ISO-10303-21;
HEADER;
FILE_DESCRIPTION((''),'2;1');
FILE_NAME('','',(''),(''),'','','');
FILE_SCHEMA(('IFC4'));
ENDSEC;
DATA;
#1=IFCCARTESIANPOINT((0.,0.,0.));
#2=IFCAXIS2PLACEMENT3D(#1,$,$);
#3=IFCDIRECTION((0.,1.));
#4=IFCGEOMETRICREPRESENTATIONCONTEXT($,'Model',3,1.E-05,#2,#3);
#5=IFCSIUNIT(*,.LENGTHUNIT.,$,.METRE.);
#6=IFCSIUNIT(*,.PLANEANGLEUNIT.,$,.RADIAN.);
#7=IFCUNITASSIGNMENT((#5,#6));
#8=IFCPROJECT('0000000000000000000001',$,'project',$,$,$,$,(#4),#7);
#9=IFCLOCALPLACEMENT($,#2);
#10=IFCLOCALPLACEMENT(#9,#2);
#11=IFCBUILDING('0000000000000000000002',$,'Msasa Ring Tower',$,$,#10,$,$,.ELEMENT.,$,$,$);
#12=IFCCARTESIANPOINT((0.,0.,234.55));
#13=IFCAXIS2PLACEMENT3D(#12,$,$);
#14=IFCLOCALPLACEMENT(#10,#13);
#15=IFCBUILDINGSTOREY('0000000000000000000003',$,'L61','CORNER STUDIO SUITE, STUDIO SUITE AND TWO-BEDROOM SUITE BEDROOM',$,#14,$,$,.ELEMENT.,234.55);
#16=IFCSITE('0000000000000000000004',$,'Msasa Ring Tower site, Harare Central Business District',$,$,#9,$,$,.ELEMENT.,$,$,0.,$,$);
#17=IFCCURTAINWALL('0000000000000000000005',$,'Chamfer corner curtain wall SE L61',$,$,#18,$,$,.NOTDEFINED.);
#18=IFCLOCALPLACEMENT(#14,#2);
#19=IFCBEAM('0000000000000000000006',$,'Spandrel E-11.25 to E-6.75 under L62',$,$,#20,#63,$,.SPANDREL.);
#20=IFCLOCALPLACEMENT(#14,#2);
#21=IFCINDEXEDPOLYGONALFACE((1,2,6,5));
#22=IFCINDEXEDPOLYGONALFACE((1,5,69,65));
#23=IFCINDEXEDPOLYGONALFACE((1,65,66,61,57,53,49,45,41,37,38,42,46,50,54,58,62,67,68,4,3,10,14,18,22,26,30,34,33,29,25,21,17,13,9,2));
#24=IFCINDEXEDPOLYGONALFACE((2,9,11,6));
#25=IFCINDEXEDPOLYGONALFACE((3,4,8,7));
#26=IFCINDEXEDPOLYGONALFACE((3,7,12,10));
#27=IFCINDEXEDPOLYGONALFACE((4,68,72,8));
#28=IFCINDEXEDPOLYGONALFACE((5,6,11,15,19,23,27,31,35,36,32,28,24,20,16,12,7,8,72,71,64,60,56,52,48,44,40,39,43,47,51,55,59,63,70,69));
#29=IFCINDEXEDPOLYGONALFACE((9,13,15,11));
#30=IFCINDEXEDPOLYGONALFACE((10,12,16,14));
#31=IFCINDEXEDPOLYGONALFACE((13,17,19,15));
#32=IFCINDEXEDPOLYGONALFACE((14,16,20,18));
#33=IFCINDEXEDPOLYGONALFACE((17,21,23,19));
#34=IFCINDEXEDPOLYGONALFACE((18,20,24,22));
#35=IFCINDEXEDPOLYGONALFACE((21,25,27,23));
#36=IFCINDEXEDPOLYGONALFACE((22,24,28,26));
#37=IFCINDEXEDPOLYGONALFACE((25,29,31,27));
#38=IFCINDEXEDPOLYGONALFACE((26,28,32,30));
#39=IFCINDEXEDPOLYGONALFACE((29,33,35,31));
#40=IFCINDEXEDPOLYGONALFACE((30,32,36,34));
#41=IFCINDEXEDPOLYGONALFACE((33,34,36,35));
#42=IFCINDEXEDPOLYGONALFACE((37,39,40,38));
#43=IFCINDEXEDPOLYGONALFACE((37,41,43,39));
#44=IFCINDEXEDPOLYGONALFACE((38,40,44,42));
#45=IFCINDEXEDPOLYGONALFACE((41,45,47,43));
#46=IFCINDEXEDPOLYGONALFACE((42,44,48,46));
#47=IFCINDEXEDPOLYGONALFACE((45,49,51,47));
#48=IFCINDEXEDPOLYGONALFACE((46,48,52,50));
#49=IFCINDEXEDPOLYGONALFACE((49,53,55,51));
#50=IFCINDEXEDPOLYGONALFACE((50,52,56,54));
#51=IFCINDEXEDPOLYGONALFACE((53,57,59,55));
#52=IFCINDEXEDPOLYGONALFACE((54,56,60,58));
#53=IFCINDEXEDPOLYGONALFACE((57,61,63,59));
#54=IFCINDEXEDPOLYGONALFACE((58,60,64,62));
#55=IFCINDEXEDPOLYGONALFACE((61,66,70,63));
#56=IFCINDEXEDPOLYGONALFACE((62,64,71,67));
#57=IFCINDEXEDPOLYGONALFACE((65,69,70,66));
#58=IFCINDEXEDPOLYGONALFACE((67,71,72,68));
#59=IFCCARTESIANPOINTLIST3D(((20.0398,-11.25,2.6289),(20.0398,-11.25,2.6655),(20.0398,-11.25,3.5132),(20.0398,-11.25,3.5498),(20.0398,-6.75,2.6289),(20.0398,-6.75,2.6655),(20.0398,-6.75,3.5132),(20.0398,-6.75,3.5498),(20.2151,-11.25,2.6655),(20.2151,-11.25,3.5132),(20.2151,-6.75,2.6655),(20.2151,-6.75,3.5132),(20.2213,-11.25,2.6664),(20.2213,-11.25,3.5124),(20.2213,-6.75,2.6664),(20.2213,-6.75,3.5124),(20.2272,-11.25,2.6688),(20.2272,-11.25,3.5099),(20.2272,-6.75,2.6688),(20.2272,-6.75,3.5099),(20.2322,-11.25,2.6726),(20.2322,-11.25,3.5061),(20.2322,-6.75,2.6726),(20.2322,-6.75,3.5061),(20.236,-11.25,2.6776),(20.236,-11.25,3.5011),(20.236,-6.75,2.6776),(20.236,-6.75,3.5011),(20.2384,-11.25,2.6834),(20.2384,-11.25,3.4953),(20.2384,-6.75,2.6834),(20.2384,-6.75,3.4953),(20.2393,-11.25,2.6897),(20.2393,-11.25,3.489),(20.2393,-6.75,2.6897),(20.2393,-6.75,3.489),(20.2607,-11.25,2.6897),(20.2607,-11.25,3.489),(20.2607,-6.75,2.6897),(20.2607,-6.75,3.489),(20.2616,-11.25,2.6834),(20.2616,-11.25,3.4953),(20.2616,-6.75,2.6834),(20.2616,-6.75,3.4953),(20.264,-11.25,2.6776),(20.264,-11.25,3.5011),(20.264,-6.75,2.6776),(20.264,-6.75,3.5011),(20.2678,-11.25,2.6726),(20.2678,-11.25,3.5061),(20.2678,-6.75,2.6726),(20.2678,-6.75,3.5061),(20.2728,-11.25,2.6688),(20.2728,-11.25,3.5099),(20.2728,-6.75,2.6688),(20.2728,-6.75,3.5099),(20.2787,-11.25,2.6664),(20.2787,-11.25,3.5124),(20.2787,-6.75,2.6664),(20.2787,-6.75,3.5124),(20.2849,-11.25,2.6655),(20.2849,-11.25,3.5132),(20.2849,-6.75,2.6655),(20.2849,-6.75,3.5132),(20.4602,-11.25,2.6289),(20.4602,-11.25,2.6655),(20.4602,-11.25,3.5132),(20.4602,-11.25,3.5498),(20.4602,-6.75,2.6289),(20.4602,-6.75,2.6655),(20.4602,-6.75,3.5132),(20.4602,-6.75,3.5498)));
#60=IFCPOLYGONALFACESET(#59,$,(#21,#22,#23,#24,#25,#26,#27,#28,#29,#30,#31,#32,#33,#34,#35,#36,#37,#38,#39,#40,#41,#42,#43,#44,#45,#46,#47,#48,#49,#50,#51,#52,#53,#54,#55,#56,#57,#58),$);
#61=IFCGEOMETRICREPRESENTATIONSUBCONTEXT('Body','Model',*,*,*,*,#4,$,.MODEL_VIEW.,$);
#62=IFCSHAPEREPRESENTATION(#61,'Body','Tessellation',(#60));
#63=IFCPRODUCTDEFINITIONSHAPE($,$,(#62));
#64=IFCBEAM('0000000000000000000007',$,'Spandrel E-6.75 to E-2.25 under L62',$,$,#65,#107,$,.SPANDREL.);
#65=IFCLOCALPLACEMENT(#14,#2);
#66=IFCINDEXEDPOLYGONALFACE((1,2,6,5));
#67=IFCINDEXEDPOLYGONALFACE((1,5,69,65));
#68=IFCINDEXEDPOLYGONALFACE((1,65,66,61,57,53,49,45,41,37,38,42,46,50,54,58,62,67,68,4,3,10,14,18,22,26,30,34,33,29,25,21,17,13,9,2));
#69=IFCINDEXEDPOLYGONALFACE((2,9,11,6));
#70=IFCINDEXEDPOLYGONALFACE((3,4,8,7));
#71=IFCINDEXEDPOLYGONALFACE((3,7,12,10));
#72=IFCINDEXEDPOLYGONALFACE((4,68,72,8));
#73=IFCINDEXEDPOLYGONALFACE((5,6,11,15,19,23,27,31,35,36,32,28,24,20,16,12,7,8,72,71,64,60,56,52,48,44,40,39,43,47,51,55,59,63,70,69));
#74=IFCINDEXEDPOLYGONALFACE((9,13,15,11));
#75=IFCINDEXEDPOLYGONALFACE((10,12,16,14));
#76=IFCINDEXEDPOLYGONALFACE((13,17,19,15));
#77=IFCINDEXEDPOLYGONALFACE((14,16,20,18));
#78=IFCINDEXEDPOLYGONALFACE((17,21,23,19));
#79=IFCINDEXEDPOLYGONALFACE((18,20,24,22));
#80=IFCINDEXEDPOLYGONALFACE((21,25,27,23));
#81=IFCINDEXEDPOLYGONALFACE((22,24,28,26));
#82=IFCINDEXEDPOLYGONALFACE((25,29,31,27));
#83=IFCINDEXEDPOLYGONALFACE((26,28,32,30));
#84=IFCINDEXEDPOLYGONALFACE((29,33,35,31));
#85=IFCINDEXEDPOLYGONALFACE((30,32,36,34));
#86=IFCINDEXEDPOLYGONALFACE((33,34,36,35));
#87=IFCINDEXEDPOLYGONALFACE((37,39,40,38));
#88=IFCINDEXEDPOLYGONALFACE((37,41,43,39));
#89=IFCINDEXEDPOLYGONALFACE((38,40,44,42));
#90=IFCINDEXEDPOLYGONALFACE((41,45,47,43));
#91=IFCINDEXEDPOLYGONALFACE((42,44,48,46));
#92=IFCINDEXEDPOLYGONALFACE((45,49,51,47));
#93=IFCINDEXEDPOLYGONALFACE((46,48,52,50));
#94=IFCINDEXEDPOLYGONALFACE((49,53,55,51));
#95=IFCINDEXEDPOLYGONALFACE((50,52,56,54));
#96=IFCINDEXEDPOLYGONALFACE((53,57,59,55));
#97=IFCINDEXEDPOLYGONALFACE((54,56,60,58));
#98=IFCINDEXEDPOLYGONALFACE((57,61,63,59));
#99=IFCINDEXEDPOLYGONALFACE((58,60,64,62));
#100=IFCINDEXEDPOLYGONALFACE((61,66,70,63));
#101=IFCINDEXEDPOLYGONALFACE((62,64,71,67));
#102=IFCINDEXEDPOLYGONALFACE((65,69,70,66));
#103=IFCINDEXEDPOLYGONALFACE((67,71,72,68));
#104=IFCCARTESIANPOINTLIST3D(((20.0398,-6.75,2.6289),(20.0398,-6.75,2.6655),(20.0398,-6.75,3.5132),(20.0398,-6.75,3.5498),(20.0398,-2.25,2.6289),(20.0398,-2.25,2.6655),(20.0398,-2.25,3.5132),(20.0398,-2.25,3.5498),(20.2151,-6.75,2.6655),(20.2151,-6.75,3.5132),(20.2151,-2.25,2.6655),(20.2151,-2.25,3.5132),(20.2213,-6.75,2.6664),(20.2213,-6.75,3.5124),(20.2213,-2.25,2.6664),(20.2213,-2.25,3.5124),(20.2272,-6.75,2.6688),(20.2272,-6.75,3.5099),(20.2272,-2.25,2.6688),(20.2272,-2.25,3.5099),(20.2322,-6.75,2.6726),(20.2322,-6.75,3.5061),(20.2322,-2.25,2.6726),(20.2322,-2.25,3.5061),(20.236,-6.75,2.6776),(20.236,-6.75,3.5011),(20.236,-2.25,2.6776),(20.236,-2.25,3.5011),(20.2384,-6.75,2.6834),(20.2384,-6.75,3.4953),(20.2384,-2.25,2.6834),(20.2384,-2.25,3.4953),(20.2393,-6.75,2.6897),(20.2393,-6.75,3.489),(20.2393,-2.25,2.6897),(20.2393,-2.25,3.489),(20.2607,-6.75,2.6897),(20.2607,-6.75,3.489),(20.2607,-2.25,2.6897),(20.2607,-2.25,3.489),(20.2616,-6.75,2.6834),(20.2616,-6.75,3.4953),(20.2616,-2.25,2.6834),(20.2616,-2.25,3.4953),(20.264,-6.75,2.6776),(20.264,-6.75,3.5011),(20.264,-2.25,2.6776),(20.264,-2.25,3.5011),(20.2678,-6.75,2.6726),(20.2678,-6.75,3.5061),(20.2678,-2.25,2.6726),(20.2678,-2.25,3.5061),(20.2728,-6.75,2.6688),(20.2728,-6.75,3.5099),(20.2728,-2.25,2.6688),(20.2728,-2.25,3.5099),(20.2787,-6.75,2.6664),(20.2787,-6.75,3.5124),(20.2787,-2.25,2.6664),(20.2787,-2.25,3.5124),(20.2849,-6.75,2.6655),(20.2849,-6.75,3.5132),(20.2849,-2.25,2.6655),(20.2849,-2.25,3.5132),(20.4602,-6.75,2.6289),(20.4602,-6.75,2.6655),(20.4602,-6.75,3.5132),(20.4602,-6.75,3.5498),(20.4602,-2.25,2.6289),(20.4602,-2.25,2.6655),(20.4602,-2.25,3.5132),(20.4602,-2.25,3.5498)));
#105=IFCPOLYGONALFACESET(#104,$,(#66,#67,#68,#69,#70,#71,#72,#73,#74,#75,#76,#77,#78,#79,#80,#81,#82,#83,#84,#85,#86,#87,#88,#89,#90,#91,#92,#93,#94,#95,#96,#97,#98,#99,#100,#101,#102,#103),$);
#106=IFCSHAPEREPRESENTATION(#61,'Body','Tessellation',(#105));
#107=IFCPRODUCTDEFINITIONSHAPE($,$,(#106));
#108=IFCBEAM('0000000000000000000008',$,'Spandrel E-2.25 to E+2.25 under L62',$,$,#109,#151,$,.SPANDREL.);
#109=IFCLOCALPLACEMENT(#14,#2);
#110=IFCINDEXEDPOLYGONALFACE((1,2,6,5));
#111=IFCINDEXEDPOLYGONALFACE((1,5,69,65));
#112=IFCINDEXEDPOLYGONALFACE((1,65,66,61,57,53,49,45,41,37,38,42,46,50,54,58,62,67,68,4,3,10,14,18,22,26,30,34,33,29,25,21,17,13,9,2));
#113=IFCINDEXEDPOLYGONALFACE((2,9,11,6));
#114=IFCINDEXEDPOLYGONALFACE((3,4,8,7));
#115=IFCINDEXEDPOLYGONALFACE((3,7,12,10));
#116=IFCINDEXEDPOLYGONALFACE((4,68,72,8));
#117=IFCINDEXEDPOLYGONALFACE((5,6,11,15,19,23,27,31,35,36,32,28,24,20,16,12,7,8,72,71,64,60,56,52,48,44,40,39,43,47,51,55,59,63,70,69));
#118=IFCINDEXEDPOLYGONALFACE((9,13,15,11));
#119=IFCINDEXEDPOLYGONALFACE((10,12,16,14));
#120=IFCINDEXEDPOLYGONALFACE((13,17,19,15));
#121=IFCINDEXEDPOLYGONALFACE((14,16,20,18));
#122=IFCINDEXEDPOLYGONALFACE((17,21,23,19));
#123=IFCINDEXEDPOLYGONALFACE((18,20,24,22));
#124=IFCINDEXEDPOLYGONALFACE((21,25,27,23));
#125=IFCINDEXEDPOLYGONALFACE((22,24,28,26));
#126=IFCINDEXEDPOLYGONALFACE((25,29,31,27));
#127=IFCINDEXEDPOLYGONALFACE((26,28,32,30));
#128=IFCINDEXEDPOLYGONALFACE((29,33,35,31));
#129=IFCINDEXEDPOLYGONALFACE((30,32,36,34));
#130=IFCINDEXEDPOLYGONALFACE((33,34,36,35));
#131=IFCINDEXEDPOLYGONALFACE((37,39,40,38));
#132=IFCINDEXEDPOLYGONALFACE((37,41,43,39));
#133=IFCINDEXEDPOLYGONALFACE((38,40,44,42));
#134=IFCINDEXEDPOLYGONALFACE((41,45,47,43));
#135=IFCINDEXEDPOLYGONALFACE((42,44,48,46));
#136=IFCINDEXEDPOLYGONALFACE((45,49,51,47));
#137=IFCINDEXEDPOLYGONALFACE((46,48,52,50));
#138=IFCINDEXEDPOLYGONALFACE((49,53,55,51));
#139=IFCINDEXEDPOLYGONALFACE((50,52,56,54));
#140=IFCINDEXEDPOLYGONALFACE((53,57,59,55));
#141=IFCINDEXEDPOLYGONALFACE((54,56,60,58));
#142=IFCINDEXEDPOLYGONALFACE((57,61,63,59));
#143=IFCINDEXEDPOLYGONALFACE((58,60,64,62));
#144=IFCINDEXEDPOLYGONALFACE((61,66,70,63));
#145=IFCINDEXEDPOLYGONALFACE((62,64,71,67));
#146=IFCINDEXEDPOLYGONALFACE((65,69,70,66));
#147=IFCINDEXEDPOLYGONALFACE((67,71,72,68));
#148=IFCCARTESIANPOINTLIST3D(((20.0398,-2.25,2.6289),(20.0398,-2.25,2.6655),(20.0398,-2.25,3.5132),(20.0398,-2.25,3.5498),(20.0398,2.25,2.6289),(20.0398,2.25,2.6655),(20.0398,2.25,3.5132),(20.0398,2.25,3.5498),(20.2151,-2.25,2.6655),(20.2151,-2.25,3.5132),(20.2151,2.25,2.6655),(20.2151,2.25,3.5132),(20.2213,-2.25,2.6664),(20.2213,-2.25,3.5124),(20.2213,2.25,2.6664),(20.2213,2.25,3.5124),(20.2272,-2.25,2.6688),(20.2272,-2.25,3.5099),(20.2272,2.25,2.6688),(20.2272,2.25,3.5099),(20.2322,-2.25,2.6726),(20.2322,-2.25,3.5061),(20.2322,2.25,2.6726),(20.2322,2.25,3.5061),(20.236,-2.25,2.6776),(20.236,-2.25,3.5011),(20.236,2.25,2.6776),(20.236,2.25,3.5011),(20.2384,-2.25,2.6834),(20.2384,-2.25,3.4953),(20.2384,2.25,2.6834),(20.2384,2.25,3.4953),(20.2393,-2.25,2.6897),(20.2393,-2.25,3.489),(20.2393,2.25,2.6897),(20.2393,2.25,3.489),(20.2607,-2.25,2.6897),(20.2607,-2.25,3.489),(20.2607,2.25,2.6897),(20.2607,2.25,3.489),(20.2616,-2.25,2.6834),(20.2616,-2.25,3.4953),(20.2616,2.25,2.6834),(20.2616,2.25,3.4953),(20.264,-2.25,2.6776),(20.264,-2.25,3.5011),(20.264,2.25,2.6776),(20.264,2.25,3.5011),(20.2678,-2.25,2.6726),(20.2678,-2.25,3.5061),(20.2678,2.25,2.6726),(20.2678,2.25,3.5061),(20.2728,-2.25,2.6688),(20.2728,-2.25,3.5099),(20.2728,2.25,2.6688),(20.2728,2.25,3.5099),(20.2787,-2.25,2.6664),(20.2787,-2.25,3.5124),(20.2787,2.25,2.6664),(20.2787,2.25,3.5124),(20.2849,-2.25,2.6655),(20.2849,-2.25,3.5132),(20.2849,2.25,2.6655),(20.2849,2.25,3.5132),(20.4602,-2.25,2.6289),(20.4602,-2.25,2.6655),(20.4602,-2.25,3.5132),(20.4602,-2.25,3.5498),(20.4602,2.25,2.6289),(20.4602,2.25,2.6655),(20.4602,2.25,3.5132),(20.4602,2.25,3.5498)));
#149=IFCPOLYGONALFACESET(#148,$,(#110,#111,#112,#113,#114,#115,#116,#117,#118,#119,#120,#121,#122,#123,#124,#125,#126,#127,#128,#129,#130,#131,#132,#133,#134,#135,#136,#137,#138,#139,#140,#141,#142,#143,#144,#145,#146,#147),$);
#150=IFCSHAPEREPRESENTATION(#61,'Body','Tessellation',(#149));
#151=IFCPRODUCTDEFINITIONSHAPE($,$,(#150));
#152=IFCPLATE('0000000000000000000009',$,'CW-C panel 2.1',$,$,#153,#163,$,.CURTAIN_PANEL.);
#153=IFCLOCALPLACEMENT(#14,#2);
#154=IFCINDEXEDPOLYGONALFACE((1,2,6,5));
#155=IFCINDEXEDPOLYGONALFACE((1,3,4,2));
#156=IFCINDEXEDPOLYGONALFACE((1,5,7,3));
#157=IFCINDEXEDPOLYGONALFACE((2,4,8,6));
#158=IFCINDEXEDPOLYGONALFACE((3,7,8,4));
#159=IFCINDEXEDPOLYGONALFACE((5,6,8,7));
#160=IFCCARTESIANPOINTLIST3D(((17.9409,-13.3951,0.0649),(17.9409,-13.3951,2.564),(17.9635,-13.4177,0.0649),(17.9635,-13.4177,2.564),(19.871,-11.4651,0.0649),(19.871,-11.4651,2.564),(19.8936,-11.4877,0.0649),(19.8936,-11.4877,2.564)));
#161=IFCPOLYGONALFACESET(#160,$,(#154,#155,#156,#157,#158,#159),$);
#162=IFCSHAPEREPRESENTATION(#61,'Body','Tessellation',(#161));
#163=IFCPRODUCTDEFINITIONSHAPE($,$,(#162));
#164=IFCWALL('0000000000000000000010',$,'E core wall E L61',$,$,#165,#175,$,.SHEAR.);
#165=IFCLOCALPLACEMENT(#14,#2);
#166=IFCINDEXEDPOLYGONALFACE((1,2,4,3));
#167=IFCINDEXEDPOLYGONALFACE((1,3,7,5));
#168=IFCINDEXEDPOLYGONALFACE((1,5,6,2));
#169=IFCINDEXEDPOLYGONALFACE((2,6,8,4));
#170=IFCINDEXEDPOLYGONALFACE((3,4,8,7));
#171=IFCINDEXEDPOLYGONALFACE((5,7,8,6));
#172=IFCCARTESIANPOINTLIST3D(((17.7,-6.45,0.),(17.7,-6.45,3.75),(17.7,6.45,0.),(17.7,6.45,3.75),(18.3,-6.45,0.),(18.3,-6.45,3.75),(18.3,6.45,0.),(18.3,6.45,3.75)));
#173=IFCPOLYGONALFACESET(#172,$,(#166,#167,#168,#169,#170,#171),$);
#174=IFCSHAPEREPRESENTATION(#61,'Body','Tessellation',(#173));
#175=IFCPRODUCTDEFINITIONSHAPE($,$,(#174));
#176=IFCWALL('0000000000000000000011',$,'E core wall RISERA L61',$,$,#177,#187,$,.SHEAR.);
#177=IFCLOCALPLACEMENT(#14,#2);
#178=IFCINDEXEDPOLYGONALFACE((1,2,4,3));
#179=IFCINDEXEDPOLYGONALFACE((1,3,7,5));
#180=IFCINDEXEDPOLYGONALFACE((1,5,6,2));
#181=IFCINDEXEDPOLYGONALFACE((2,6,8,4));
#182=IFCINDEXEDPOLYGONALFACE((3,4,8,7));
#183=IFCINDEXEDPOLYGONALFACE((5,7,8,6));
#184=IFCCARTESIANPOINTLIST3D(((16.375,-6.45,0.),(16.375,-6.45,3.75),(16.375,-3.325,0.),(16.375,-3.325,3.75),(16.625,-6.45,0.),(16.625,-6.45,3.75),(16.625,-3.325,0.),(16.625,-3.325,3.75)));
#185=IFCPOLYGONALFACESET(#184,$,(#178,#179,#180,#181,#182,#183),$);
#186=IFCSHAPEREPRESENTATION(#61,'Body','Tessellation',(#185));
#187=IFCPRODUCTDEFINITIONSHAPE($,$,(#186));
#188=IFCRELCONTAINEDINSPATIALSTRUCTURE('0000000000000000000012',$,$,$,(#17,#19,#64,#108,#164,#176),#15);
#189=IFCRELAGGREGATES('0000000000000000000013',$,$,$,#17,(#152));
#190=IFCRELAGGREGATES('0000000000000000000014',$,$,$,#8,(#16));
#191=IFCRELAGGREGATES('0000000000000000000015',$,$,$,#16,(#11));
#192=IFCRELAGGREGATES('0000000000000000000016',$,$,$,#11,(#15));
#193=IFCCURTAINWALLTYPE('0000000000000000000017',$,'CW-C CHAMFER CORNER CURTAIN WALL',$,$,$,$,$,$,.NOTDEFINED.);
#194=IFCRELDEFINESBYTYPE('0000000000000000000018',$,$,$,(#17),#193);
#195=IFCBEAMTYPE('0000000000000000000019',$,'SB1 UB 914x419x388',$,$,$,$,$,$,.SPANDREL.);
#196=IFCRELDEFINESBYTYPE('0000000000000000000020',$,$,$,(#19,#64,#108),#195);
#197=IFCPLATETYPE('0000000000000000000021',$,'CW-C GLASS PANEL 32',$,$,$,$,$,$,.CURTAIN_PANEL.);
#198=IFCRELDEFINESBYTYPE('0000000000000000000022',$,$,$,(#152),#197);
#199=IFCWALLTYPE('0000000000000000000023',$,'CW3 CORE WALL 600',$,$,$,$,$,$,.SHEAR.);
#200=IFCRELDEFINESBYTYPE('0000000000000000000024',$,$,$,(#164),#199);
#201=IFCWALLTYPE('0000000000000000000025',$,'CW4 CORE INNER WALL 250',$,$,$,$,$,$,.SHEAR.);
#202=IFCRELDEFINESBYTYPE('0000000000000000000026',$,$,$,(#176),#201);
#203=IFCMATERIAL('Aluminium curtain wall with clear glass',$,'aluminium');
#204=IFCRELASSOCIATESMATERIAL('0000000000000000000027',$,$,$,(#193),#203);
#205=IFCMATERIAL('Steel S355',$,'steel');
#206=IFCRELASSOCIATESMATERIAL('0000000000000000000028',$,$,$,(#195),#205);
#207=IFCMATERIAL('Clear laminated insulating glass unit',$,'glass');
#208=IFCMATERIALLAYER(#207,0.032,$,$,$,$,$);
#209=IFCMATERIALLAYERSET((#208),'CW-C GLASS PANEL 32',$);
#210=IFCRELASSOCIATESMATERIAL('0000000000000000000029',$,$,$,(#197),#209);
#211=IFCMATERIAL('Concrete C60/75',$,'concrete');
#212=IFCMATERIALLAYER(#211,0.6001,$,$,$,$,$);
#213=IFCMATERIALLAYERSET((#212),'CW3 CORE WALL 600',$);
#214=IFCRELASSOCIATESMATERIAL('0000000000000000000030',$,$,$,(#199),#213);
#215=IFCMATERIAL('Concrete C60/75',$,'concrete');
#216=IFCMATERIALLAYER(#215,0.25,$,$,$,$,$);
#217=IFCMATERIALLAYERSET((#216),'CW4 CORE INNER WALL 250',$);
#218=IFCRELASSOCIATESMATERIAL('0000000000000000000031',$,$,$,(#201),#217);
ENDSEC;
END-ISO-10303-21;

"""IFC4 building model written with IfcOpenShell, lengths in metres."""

from ifc_helpers import new_model, si_unit, direction, frame, frame_2d, origin, origin_2d, place, context, subcontext, project, spatial, rectangle, i_section, extrude, material, layer, layer_set, material_profile, profile_set, type_object, element, aggregate, save


model = new_model("IFC4")

# Units and contexts
model_context = context("Model", 3, precision=1e-05, world=origin(), true_north=direction((0.0, 1.0)))
body_context = subcontext(model_context, "Body", "Model", "MODEL_VIEW")
ifc_project = project(units=[si_unit("LENGTHUNIT", "METRE"), si_unit("PLANEANGLEUNIT", "RADIAN")], contexts=[model_context])

# Site, building, storey
site_placement = place(None, origin())
site = spatial("IfcSite", under=ifc_project, at=site_placement, Name="Msasa Ring Tower site, Harare Central Business District", CompositionType="ELEMENT", RefElevation=0.0)
building_placement = place(site_placement, origin())
building = spatial("IfcBuilding", under=site, at=building_placement, Name="Msasa Ring Tower", CompositionType="ELEMENT")
storey_placement = place(building_placement, frame((0.0, 0.0, 234.55)))
storey = spatial("IfcBuildingStorey", under=building, at=storey_placement, Name="L61", Description="CORNER STUDIO SUITE, STUDIO SUITE AND TWO-BEDROOM SUITE BEDROOM", CompositionType="ELEMENT", Elevation=234.55)

# Curtain wall
ifc_material_1 = material(Name="Aluminium curtain wall with clear glass", Category="aluminium")
curtain_wall_type = type_object("IfcCurtainWallType", Name="CW-C CHAMFER CORNER CURTAIN WALL", PredefinedType="NOTDEFINED", material=ifc_material_1)
curtain_wall_placement = place(storey_placement, origin())
curtain_wall = element("IfcCurtainWall", 1, at=curtain_wall_placement, inside=storey, type_object=curtain_wall_type, Name="Chamfer corner curtain wall SE L61", PredefinedType="NOTDEFINED")

# Beams
ifc_material_2 = material(Name="Steel S355", Category="steel")
ifc_material_profile_1 = material_profile(ifc_material_2, i_section(OverallWidth=0.4204, OverallDepth=0.9209, WebThickness=0.0215, FlangeThickness=0.0366, FilletRadius=0.0242, at=origin_2d()), Name="UB 914x419x388")
ifc_profile_set_1 = profile_set([ifc_material_profile_1], Name="Steel S355")
beam_type_1 = type_object("IfcBeamType", Name="SB1 UB 914x419x388", PredefinedType="SPANDREL", material=ifc_profile_set_1)
for number, where, z_axis, x_axis, name in (
    (2, (20.25, -11.25, 3.0894), (0.0, 1.0, 0.0), (-1.0, 0.0, 0.0), "Spandrel E-11.25 to E-6.75 under L62"),
    (3, (20.25, -6.75, 3.0894), (0.0, 1.0, 0.0), (-1.0, 0.0, 0.0), "Spandrel E-6.75 to E-2.25 under L62"),
    (4, (20.25, -2.25, 3.0894), (0.0, 1.0, 0.0), (-1.0, 0.0, 0.0), "Spandrel E-2.25 to E+2.25 under L62"),
):
    element("IfcBeam", number, at=place(storey_placement, frame(where, z_axis=z_axis, x_axis=x_axis)), inside=storey, type_object=beam_type_1, Name=name, PredefinedType="SPANDREL", context=body_context, shape_type="SweptSolid", body=[
        extrude(i_section(OverallWidth=0.4204, OverallDepth=0.9209, WebThickness=0.0215, FlangeThickness=0.0366, FilletRadius=0.0242, at=origin_2d()), origin(), (0.0, 0.0, 1.0), 4.5),
    ])

# Plate
ifc_material_3 = material(Name="Clear laminated insulating glass unit", Category="glass")
ifc_layer_1 = layer(ifc_material_3, 0.032)
ifc_layer_set_1 = layer_set([ifc_layer_1], Name="CW-C GLASS PANEL 32")
plate_type = type_object("IfcPlateType", Name="CW-C GLASS PANEL 32", PredefinedType="CURTAIN_PANEL", material=ifc_layer_set_1)
plate_placement = place(storey_placement, frame((18.9172, -12.4414, 0.0649), z_axis=(0.0, 0.0, 1.0), x_axis=(0.707107, 0.707107, 0.0)))
plate = element("IfcPlate", 5, at=plate_placement, type_object=plate_type, Name="CW-C panel 2.1", PredefinedType="CURTAIN_PANEL", context=body_context, shape_type="SweptSolid", body=[
    extrude(rectangle(XDim=2.7295, YDim=0.032, at=origin_2d()), origin(), (0.0, 0.0, 1.0), 2.499),
])
aggregate(curtain_wall, [plate])

# Walls
ifc_material_4 = material(Name="Concrete C60/75", Category="concrete")
ifc_layer_2 = layer(ifc_material_4, 0.6001)
ifc_layer_set_2 = layer_set([ifc_layer_2], Name="CW3 CORE WALL 600")
wall_type_1 = type_object("IfcWallType", Name="CW3 CORE WALL 600", PredefinedType="SHEAR", material=ifc_layer_set_2)
wall_1_placement = place(storey_placement, frame((18.0, -6.45, 0.0), z_axis=(0.0, 0.0, 1.0), x_axis=(0.0, 1.0, 0.0)))
element("IfcWall", 6, at=wall_1_placement, inside=storey, type_object=wall_type_1, Name="E core wall E L61", PredefinedType="SHEAR", context=body_context, shape_type="SweptSolid", body=[
    extrude(rectangle(XDim=12.8999, YDim=0.6001, at=frame_2d((6.45, 0.0))), origin(), (0.0, 0.0, 1.0), 3.75),
])
ifc_material_5 = material(Name="Concrete C60/75", Category="concrete")
ifc_layer_3 = layer(ifc_material_5, 0.25)
ifc_layer_set_3 = layer_set([ifc_layer_3], Name="CW4 CORE INNER WALL 250")
wall_type_2 = type_object("IfcWallType", Name="CW4 CORE INNER WALL 250", PredefinedType="SHEAR", material=ifc_layer_set_3)
wall_2_placement = place(storey_placement, frame((16.5, -6.45, 0.0), z_axis=(0.0, 0.0, 1.0), x_axis=(0.0, 1.0, 0.0)))
element("IfcWall", 7, at=wall_2_placement, inside=storey, type_object=wall_type_2, Name="E core wall RISERA L61", PredefinedType="SHEAR", context=body_context, shape_type="SweptSolid", body=[
    extrude(rectangle(XDim=3.125, YDim=0.25, at=frame_2d((1.5625, 0.0))), origin(), (0.0, 0.0, 1.0), 3.75),
])

save(model, "model.ifc")
